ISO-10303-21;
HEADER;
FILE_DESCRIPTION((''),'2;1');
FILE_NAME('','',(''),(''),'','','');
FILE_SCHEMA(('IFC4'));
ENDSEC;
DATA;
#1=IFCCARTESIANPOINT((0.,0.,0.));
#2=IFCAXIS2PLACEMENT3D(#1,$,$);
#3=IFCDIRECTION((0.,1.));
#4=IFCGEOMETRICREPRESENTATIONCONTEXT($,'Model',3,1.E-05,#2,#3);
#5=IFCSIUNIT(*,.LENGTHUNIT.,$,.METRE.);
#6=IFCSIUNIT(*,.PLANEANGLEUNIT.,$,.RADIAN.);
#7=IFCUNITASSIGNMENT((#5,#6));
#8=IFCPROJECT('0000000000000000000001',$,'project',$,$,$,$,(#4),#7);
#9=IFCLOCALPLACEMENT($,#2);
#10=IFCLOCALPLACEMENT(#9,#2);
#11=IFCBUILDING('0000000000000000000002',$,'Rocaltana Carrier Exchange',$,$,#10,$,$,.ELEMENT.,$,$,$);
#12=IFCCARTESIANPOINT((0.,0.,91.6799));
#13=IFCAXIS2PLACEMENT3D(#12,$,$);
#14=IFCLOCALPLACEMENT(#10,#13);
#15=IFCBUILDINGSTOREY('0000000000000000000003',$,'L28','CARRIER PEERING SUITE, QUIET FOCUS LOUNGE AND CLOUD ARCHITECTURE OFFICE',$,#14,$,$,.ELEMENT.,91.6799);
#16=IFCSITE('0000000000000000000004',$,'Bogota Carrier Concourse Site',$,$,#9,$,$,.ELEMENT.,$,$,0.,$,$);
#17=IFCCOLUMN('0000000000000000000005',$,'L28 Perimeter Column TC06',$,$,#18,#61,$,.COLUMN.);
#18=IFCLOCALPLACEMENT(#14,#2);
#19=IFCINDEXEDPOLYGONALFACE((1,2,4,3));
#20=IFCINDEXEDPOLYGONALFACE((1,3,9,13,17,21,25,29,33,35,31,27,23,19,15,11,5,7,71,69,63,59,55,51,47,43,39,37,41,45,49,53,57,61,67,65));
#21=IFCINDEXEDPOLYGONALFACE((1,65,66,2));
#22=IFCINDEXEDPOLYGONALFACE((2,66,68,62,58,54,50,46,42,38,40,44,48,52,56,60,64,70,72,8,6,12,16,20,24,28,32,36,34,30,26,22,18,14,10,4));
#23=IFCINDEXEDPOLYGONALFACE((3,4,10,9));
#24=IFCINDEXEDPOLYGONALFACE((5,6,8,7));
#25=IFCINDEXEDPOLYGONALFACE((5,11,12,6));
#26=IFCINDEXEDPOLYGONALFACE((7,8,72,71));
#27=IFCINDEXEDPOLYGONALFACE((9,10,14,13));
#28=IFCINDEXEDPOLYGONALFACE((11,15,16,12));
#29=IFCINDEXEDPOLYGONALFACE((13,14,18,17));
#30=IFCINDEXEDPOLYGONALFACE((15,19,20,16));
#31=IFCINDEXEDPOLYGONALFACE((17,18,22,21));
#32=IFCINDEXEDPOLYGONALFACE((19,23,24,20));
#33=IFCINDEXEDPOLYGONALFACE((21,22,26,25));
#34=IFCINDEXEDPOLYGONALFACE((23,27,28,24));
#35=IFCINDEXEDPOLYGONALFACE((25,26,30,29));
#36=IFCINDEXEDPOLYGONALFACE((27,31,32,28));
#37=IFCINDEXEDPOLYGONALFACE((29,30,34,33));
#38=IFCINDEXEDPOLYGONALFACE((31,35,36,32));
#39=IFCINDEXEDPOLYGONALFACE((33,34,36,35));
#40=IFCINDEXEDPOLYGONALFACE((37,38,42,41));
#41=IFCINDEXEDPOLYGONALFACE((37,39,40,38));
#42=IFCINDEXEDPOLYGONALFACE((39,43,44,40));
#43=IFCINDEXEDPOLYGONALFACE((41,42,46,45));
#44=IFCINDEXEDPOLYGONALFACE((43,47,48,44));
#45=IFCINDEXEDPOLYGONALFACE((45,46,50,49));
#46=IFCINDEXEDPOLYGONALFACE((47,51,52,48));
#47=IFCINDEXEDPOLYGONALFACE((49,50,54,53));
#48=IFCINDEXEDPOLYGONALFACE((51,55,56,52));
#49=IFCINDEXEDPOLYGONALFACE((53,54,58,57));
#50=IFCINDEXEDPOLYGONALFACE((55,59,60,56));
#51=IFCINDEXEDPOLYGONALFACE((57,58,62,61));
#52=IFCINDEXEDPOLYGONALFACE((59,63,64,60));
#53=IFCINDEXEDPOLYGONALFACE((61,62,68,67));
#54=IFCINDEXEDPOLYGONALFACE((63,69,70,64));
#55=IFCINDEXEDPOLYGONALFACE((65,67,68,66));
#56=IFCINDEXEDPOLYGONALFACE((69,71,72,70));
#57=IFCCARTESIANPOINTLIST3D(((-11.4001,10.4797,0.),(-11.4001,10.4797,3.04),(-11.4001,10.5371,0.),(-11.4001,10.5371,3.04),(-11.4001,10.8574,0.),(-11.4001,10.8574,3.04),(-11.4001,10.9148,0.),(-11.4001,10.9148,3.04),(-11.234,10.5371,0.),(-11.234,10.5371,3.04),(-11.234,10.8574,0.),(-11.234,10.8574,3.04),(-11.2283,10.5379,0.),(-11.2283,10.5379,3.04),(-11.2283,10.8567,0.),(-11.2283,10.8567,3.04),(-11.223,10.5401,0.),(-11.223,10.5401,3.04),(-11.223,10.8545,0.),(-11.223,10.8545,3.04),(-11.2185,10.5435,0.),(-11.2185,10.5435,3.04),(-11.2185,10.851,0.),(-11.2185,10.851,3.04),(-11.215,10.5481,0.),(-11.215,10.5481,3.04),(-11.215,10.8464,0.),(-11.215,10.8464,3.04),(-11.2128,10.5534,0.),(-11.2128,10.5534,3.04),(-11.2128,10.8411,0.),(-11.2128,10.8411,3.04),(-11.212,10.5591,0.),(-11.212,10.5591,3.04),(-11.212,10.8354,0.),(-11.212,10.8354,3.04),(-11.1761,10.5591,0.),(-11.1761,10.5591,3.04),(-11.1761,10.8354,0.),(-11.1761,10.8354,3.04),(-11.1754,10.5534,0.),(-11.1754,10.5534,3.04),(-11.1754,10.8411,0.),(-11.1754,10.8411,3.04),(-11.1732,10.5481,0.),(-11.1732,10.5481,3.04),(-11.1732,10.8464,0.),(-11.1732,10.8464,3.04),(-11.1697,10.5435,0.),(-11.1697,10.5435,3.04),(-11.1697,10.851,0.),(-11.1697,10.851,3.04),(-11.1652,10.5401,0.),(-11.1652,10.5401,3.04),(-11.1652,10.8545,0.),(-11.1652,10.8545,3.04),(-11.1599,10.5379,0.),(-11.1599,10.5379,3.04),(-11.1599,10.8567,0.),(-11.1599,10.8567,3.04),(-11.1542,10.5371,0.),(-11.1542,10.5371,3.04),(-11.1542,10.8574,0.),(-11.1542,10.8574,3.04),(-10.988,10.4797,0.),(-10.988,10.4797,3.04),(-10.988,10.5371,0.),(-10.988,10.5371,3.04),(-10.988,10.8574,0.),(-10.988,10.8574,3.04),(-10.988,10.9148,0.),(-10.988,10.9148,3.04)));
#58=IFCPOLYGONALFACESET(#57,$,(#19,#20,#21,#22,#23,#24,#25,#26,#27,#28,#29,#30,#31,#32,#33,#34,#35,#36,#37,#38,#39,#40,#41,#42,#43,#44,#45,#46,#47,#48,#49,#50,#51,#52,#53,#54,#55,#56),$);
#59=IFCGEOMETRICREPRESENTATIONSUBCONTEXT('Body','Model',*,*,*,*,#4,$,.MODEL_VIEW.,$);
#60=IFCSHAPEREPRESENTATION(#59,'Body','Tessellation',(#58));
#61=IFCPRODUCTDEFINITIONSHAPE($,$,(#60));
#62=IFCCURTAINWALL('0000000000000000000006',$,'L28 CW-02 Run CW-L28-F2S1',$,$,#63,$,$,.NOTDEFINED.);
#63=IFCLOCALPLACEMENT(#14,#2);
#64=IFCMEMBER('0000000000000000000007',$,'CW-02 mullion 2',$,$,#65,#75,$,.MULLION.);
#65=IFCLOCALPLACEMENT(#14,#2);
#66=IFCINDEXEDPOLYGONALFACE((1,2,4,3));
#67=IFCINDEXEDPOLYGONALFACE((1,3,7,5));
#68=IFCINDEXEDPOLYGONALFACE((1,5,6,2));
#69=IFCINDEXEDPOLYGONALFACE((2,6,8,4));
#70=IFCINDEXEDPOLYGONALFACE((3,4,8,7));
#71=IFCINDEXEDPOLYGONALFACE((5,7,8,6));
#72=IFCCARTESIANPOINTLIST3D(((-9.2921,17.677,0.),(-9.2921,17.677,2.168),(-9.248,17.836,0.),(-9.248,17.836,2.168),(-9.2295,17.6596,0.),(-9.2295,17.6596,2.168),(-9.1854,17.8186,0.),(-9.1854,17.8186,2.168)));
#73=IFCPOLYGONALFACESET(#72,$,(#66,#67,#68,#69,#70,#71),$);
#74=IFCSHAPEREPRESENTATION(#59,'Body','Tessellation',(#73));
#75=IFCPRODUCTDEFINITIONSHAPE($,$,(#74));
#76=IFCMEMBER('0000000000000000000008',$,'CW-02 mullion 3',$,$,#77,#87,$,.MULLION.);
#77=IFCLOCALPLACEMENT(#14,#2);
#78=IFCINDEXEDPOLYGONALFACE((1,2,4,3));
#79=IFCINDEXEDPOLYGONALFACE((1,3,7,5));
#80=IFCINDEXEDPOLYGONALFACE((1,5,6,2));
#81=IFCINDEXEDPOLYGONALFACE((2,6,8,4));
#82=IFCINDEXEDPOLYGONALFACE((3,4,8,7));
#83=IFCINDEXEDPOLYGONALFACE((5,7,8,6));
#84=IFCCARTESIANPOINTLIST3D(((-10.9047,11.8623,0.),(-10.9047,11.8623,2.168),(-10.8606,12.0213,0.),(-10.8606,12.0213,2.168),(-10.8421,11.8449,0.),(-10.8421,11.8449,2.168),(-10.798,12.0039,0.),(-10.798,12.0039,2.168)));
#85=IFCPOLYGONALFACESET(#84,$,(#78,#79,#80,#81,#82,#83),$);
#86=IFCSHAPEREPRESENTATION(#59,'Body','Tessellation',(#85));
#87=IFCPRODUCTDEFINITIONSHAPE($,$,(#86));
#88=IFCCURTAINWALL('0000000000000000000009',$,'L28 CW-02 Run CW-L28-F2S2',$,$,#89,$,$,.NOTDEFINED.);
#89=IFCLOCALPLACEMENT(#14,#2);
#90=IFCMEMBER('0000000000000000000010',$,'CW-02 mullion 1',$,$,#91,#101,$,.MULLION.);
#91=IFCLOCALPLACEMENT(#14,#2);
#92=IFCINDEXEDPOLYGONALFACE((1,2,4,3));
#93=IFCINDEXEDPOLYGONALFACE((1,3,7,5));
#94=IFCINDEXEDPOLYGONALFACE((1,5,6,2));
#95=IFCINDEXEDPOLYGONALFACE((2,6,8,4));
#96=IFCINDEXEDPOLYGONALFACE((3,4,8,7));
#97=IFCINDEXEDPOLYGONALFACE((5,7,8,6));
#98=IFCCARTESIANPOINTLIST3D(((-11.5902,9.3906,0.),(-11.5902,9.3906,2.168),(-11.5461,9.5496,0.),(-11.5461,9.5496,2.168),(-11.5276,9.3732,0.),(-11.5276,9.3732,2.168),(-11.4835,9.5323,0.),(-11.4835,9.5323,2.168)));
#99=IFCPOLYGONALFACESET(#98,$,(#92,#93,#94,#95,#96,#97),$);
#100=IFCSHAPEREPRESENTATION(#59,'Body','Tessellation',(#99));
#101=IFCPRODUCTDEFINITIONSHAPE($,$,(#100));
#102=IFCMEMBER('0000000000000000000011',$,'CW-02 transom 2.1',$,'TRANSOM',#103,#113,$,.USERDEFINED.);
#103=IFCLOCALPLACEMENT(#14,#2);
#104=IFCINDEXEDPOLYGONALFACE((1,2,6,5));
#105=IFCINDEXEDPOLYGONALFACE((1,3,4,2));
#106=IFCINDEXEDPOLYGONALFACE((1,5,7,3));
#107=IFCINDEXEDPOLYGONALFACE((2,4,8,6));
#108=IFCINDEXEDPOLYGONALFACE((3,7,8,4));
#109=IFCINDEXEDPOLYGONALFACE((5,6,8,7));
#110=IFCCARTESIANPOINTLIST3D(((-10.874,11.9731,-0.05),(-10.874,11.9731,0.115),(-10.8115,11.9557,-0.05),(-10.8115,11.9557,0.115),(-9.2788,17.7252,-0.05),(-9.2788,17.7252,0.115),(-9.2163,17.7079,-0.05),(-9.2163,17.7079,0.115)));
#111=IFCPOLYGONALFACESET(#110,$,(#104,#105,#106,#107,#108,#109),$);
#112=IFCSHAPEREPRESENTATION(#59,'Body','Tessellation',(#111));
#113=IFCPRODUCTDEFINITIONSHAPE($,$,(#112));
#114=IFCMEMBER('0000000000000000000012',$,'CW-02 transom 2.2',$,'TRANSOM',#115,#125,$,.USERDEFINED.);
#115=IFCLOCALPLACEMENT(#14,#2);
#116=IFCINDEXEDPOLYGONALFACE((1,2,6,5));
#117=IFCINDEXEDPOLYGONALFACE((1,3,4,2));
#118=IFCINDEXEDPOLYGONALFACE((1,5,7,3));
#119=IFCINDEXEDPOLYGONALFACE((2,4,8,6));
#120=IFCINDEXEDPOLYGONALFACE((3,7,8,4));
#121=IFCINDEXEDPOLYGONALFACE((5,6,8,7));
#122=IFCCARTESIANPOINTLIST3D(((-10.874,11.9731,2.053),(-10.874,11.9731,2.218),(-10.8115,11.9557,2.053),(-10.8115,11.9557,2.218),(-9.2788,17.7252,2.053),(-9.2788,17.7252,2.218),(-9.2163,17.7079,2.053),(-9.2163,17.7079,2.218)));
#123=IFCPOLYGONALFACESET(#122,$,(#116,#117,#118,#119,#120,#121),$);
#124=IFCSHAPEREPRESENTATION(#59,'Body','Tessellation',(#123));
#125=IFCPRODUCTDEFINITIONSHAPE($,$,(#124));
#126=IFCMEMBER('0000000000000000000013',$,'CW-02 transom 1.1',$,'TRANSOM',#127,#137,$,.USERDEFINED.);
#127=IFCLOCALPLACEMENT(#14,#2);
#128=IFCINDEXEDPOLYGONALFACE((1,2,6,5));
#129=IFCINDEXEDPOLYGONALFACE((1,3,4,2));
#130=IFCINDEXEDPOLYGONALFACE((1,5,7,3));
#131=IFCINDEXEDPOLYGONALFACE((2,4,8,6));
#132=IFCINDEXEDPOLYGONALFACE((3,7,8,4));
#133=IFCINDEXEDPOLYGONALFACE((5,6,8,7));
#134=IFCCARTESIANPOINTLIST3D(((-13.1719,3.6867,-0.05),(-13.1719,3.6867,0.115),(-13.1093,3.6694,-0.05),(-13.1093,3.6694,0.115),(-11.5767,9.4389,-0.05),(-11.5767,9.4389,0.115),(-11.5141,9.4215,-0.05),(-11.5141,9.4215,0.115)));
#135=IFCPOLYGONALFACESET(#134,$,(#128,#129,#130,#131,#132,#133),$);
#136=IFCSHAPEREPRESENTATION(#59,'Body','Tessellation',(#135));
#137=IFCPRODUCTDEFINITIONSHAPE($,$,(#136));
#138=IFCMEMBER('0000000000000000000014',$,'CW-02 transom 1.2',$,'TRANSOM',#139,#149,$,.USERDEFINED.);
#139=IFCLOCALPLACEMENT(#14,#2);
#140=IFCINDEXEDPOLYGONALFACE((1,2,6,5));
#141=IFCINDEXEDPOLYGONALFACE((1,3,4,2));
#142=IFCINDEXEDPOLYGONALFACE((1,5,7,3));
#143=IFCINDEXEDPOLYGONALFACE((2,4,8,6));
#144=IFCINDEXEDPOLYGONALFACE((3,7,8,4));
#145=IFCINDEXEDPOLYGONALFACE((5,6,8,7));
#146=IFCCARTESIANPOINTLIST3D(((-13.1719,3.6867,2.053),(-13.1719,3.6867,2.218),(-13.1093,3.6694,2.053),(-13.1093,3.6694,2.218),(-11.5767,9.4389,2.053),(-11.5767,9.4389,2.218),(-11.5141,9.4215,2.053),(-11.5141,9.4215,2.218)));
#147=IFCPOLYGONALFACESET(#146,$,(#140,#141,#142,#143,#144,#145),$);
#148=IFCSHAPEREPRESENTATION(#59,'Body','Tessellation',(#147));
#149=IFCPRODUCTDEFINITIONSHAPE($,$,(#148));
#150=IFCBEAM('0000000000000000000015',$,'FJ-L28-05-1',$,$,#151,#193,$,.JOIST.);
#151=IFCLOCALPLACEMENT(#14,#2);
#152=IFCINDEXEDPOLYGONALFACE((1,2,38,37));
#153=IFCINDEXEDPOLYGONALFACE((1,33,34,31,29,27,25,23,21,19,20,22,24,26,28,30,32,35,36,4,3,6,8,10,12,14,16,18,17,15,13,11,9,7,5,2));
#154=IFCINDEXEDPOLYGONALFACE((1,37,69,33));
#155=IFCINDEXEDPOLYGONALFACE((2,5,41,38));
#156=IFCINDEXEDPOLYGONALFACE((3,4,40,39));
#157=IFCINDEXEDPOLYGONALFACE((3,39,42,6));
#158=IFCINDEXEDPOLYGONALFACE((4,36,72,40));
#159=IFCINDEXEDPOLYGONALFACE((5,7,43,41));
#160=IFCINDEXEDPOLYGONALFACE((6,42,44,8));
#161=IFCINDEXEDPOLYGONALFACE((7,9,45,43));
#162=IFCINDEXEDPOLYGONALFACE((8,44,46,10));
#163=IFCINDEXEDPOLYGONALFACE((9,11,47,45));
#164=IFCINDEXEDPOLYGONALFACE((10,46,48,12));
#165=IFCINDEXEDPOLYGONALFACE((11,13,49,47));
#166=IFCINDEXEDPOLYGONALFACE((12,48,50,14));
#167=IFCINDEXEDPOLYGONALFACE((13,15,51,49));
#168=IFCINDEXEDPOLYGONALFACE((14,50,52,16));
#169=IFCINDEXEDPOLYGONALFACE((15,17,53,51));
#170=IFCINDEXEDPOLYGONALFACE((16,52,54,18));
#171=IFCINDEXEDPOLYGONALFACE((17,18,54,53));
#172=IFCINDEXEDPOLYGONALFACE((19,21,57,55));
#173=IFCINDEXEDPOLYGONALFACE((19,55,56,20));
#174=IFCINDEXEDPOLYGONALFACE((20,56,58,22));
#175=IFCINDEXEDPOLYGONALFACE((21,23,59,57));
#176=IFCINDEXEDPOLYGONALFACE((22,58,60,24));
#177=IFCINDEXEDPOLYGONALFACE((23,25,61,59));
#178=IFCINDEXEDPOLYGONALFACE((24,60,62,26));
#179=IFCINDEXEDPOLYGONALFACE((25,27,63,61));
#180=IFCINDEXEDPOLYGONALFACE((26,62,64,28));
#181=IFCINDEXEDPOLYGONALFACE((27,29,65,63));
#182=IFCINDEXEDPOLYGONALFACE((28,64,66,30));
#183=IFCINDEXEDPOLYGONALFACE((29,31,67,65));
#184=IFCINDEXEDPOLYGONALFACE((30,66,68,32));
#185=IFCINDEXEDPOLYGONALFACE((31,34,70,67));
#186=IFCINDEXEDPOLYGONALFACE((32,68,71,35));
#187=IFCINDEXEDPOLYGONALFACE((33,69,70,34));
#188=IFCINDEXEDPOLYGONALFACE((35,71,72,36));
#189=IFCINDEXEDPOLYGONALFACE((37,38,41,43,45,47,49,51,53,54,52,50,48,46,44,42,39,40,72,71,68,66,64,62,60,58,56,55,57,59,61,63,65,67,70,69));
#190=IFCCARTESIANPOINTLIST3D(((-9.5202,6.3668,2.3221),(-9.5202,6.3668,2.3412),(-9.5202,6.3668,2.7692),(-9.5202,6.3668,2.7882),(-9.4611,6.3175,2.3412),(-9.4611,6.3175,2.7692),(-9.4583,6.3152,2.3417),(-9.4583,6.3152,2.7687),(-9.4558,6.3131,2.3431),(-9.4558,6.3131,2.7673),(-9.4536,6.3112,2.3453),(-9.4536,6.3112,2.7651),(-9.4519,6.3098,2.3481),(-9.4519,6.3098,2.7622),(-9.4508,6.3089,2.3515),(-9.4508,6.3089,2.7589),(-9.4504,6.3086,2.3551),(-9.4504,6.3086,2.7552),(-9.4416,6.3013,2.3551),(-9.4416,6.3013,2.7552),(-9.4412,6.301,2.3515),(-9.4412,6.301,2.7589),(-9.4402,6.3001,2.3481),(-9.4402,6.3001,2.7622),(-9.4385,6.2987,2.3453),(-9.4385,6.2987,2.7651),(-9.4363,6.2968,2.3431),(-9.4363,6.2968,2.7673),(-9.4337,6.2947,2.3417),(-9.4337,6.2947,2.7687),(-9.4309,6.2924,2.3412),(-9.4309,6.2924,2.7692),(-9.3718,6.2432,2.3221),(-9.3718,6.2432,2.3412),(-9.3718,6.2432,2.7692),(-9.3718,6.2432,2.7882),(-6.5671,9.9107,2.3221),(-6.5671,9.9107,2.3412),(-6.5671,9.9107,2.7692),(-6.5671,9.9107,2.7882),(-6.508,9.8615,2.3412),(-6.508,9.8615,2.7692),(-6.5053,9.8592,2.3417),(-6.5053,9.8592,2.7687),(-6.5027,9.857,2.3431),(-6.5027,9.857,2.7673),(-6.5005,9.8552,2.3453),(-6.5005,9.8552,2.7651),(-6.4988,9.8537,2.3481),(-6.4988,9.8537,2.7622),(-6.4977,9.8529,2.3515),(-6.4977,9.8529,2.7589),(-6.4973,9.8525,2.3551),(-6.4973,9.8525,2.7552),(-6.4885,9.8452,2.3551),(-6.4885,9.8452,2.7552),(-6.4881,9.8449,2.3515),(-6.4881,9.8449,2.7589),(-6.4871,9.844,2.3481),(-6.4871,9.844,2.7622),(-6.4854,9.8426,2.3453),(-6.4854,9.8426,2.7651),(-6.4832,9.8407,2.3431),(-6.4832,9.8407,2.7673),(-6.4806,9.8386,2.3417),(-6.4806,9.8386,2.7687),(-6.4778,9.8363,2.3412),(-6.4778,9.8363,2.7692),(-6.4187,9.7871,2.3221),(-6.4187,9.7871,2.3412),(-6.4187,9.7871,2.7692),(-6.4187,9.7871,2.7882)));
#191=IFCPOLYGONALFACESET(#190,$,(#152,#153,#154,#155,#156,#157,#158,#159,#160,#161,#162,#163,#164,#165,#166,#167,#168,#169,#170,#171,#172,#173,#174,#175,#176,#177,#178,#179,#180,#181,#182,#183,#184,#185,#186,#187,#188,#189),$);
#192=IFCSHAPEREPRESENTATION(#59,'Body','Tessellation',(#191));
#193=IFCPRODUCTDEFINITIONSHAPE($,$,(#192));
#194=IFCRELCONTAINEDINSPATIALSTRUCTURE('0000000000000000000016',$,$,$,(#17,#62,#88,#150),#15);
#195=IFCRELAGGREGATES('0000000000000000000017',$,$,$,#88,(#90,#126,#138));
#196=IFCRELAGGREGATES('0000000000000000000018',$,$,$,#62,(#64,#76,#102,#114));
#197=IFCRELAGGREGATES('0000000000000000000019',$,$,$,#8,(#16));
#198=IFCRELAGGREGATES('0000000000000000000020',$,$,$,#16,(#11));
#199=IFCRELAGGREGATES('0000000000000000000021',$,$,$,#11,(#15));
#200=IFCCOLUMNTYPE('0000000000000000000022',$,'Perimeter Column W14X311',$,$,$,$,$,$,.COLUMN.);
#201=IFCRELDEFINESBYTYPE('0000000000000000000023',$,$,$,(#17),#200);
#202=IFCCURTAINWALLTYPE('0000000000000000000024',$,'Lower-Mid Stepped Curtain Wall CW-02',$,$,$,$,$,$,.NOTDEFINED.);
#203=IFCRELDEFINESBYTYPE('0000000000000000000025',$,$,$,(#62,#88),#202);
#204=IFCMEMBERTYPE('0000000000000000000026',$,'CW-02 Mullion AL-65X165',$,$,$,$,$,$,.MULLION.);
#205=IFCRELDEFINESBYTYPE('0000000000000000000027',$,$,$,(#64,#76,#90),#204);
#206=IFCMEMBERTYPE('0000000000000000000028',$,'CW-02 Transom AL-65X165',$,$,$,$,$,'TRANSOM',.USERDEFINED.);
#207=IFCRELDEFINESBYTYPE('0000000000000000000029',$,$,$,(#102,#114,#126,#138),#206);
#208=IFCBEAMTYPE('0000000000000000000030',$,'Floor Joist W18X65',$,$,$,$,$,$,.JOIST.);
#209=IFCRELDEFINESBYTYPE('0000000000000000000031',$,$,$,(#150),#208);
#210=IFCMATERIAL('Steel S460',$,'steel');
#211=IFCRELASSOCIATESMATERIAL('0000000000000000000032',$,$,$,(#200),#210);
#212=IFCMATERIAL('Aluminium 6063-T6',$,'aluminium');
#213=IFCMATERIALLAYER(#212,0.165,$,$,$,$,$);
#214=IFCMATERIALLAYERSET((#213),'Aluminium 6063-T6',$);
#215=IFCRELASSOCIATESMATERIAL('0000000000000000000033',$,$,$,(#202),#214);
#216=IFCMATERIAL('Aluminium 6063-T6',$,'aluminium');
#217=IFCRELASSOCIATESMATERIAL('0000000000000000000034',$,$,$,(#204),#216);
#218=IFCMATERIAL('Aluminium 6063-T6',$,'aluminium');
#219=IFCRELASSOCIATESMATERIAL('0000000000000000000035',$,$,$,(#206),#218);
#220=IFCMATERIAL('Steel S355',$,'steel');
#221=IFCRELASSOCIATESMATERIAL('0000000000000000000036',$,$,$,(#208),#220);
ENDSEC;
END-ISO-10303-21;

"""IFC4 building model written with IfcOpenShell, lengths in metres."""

from ifc_helpers import new_model, si_unit, direction, frame, origin, origin_2d, place, context, subcontext, project, spatial, rectangle, i_section, extrude, material, layer, layer_set, material_profile, profile_set, type_object, element, aggregate, save


model = new_model("IFC4")

# Units and contexts
model_context = context("Model", 3, precision=1e-05, world=origin(), true_north=direction((0.0, 1.0)))
body_context = subcontext(model_context, "Body", "Model", "MODEL_VIEW")
ifc_project = project(units=[si_unit("LENGTHUNIT", "METRE"), si_unit("PLANEANGLEUNIT", "RADIAN")], contexts=[model_context])

# Site, building, storey
site_placement = place(None, origin())
site = spatial("IfcSite", under=ifc_project, at=site_placement, Name="Bogota Carrier Concourse Site", CompositionType="ELEMENT", RefElevation=0.0)
building_placement = place(site_placement, origin())
building = spatial("IfcBuilding", under=site, at=building_placement, Name="Rocaltana Carrier Exchange", CompositionType="ELEMENT")
storey_placement = place(building_placement, frame((0.0, 0.0, 91.6799)))
storey = spatial("IfcBuildingStorey", under=building, at=storey_placement, Name="L28", Description="CARRIER PEERING SUITE, QUIET FOCUS LOUNGE AND CLOUD ARCHITECTURE OFFICE", CompositionType="ELEMENT", Elevation=91.6799)

# Column
ifc_material_1 = material(Name="Steel S460", Category="steel")
ifc_material_profile_1 = material_profile(ifc_material_1, i_section(OverallWidth=0.4121, OverallDepth=0.4351, WebThickness=0.0359, FlangeThickness=0.0574, FilletRadius=0.022, at=origin_2d()), Name="W14X311")
ifc_profile_set_1 = profile_set([ifc_material_profile_1], Name="Steel S460")
column_type = type_object("IfcColumnType", Name="Perimeter Column W14X311", PredefinedType="COLUMN", material=ifc_profile_set_1)
column_placement = place(storey_placement, frame((-11.1941, 10.6973, 0.0), z_axis=(0.0, 0.0, 1.0), x_axis=(1.0, 0.0, 0.0)))
element("IfcColumn", 1, at=column_placement, inside=storey, type_object=column_type, Name="L28 Perimeter Column TC06", PredefinedType="COLUMN", context=body_context, shape_type="SweptSolid", body=[
    extrude(i_section(OverallWidth=0.4121, OverallDepth=0.4351, WebThickness=0.0359, FlangeThickness=0.0574, FilletRadius=0.022, at=origin_2d()), origin(), (0.0, 0.0, 1.0), 3.04),
])

# Curtain wall, members
ifc_material_2 = material(Name="Aluminium 6063-T6", Category="aluminium")
ifc_layer_1 = layer(ifc_material_2, 0.165)
ifc_layer_set_1 = layer_set([ifc_layer_1], Name="Aluminium 6063-T6")
curtain_wall_type = type_object("IfcCurtainWallType", Name="Lower-Mid Stepped Curtain Wall CW-02", PredefinedType="NOTDEFINED", material=ifc_layer_set_1)
curtain_wall_1_placement = place(storey_placement, origin())
curtain_wall_1 = element("IfcCurtainWall", 2, at=curtain_wall_1_placement, inside=storey, type_object=curtain_wall_type, Name="L28 CW-02 Run CW-L28-F2S1", PredefinedType="NOTDEFINED")
ifc_material_3 = material(Name="Aluminium 6063-T6", Category="aluminium")
ifc_material_profile_2 = material_profile(ifc_material_3, rectangle(XDim=0.0649, YDim=0.165, at=origin_2d()), Name="AL-65X165")
ifc_profile_set_2 = profile_set([ifc_material_profile_2], Name="Aluminium 6063-T6")
member_type_1 = type_object("IfcMemberType", Name="CW-02 Mullion AL-65X165", PredefinedType="MULLION", material=ifc_profile_set_2)
member_1_placement = place(storey_placement, frame((-9.2388, 17.7478, 0.0), z_axis=(0.0, 0.0, 1.0), x_axis=(0.963628, -0.267246, 0.0)))
member_1 = element("IfcMember", 3, at=member_1_placement, type_object=member_type_1, Name="CW-02 mullion 2", PredefinedType="MULLION", context=body_context, shape_type="SweptSolid", body=[
    extrude(rectangle(XDim=0.0649, YDim=0.165, at=origin_2d()), origin(), (0.0, 0.0, 1.0), 2.168),
])
member_2_placement = place(storey_placement, frame((-10.8513, 11.9331, 0.0), z_axis=(0.0, 0.0, 1.0), x_axis=(0.963628, -0.267246, 0.0)))
member_2 = element("IfcMember", 4, at=member_2_placement, type_object=member_type_1, Name="CW-02 mullion 3", PredefinedType="MULLION", context=body_context, shape_type="SweptSolid", body=[
    extrude(rectangle(XDim=0.0649, YDim=0.165, at=origin_2d()), origin(), (0.0, 0.0, 1.0), 2.168),
])

# Curtain wall, member
curtain_wall_2_placement = place(storey_placement, origin())
curtain_wall_2 = element("IfcCurtainWall", 5, at=curtain_wall_2_placement, inside=storey, type_object=curtain_wall_type, Name="L28 CW-02 Run CW-L28-F2S2", PredefinedType="NOTDEFINED")
member_3_placement = place(storey_placement, frame((-11.5369, 9.4614, 0.0), z_axis=(0.0, 0.0, 1.0), x_axis=(0.963631, -0.267238, 0.0)))
member_3 = element("IfcMember", 6, at=member_3_placement, type_object=member_type_1, Name="CW-02 mullion 1", PredefinedType="MULLION", context=body_context, shape_type="SweptSolid", body=[
    extrude(rectangle(XDim=0.0649, YDim=0.165, at=origin_2d()), origin(), (0.0, 0.0, 1.0), 2.168),
])

# Members
ifc_material_4 = material(Name="Aluminium 6063-T6", Category="aluminium")
ifc_material_profile_3 = material_profile(ifc_material_4, rectangle(XDim=0.0649, YDim=0.165, at=origin_2d()), Name="AL-65X165")
ifc_profile_set_3 = profile_set([ifc_material_profile_3], Name="Aluminium 6063-T6")
member_type_2 = type_object("IfcMemberType", Name="CW-02 Transom AL-65X165", ElementType="TRANSOM", PredefinedType="USERDEFINED", material=ifc_profile_set_3)
member_4_placement = place(storey_placement, frame((-9.2476, 17.7166, 0.0325), z_axis=(-0.267237, -0.963631, 0.0), x_axis=(0.963631, -0.267237, 0.0)))
member_4 = element("IfcMember", 7, at=member_4_placement, type_object=member_type_2, Name="CW-02 transom 2.1", ObjectType="TRANSOM", PredefinedType="USERDEFINED", context=body_context, shape_type="SweptSolid", body=[
    extrude(rectangle(XDim=0.0649, YDim=0.165, at=origin_2d()), origin(), (0.0, 0.0, 1.0), 5.9692),
])
member_5_placement = place(storey_placement, frame((-9.2476, 17.7166, 2.1355), z_axis=(-0.267237, -0.963631, 0.0), x_axis=(0.963631, -0.267237, 0.0)))
member_5 = element("IfcMember", 8, at=member_5_placement, type_object=member_type_2, Name="CW-02 transom 2.2", ObjectType="TRANSOM", PredefinedType="USERDEFINED", context=body_context, shape_type="SweptSolid", body=[
    extrude(rectangle(XDim=0.0649, YDim=0.165, at=origin_2d()), origin(), (0.0, 0.0, 1.0), 5.9692),
])
member_6_placement = place(storey_placement, frame((-11.5454, 9.4302, 0.0325), z_axis=(-0.267237, -0.963631, 0.0), x_axis=(0.963631, -0.267237, 0.0)))
member_6 = element("IfcMember", 9, at=member_6_placement, type_object=member_type_2, Name="CW-02 transom 1.1", ObjectType="TRANSOM", PredefinedType="USERDEFINED", context=body_context, shape_type="SweptSolid", body=[
    extrude(rectangle(XDim=0.0649, YDim=0.165, at=origin_2d()), origin(), (0.0, 0.0, 1.0), 5.9692),
])
member_7_placement = place(storey_placement, frame((-11.5454, 9.4302, 2.1355), z_axis=(-0.267237, -0.963631, 0.0), x_axis=(0.963631, -0.267237, 0.0)))
member_7 = element("IfcMember", 10, at=member_7_placement, type_object=member_type_2, Name="CW-02 transom 1.2", ObjectType="TRANSOM", PredefinedType="USERDEFINED", context=body_context, shape_type="SweptSolid", body=[
    extrude(rectangle(XDim=0.0649, YDim=0.165, at=origin_2d()), origin(), (0.0, 0.0, 1.0), 5.9692),
])
aggregate(curtain_wall_2, [member_3, member_6, member_7])

# Beam
ifc_material_5 = material(Name="Steel S355", Category="steel")
ifc_material_profile_4 = material_profile(ifc_material_5, i_section(OverallWidth=0.1931, OverallDepth=0.4661, WebThickness=0.0115, FlangeThickness=0.019, FilletRadius=0.0139, at=origin_2d()), Name="W18X65")
ifc_profile_set_4 = profile_set([ifc_material_profile_4], Name="Steel S355")
beam_type_1 = type_object("IfcBeamType", Name="Floor Joist W18X65", PredefinedType="JOIST", material=ifc_profile_set_4)
beam_1_placement = place(storey_placement, frame((-6.4929, 9.8489, 2.5552), z_axis=(-0.640164, -0.768239, 0.0), x_axis=(0.768239, -0.640164, 0.0)))
element("IfcBeam", 11, at=beam_1_placement, inside=storey, type_object=beam_type_1, Name="FJ-L28-05-1", PredefinedType="JOIST", context=body_context, shape_type="SweptSolid", body=[
    extrude(i_section(OverallWidth=0.1931, OverallDepth=0.4661, WebThickness=0.0115, FlangeThickness=0.019, FilletRadius=0.0139, at=origin_2d()), origin(), (0.0, 0.0, 1.0), 4.613),
])

aggregate(curtain_wall_1, [member_1, member_2, member_4, member_5])

save(model, "model.ifc")
